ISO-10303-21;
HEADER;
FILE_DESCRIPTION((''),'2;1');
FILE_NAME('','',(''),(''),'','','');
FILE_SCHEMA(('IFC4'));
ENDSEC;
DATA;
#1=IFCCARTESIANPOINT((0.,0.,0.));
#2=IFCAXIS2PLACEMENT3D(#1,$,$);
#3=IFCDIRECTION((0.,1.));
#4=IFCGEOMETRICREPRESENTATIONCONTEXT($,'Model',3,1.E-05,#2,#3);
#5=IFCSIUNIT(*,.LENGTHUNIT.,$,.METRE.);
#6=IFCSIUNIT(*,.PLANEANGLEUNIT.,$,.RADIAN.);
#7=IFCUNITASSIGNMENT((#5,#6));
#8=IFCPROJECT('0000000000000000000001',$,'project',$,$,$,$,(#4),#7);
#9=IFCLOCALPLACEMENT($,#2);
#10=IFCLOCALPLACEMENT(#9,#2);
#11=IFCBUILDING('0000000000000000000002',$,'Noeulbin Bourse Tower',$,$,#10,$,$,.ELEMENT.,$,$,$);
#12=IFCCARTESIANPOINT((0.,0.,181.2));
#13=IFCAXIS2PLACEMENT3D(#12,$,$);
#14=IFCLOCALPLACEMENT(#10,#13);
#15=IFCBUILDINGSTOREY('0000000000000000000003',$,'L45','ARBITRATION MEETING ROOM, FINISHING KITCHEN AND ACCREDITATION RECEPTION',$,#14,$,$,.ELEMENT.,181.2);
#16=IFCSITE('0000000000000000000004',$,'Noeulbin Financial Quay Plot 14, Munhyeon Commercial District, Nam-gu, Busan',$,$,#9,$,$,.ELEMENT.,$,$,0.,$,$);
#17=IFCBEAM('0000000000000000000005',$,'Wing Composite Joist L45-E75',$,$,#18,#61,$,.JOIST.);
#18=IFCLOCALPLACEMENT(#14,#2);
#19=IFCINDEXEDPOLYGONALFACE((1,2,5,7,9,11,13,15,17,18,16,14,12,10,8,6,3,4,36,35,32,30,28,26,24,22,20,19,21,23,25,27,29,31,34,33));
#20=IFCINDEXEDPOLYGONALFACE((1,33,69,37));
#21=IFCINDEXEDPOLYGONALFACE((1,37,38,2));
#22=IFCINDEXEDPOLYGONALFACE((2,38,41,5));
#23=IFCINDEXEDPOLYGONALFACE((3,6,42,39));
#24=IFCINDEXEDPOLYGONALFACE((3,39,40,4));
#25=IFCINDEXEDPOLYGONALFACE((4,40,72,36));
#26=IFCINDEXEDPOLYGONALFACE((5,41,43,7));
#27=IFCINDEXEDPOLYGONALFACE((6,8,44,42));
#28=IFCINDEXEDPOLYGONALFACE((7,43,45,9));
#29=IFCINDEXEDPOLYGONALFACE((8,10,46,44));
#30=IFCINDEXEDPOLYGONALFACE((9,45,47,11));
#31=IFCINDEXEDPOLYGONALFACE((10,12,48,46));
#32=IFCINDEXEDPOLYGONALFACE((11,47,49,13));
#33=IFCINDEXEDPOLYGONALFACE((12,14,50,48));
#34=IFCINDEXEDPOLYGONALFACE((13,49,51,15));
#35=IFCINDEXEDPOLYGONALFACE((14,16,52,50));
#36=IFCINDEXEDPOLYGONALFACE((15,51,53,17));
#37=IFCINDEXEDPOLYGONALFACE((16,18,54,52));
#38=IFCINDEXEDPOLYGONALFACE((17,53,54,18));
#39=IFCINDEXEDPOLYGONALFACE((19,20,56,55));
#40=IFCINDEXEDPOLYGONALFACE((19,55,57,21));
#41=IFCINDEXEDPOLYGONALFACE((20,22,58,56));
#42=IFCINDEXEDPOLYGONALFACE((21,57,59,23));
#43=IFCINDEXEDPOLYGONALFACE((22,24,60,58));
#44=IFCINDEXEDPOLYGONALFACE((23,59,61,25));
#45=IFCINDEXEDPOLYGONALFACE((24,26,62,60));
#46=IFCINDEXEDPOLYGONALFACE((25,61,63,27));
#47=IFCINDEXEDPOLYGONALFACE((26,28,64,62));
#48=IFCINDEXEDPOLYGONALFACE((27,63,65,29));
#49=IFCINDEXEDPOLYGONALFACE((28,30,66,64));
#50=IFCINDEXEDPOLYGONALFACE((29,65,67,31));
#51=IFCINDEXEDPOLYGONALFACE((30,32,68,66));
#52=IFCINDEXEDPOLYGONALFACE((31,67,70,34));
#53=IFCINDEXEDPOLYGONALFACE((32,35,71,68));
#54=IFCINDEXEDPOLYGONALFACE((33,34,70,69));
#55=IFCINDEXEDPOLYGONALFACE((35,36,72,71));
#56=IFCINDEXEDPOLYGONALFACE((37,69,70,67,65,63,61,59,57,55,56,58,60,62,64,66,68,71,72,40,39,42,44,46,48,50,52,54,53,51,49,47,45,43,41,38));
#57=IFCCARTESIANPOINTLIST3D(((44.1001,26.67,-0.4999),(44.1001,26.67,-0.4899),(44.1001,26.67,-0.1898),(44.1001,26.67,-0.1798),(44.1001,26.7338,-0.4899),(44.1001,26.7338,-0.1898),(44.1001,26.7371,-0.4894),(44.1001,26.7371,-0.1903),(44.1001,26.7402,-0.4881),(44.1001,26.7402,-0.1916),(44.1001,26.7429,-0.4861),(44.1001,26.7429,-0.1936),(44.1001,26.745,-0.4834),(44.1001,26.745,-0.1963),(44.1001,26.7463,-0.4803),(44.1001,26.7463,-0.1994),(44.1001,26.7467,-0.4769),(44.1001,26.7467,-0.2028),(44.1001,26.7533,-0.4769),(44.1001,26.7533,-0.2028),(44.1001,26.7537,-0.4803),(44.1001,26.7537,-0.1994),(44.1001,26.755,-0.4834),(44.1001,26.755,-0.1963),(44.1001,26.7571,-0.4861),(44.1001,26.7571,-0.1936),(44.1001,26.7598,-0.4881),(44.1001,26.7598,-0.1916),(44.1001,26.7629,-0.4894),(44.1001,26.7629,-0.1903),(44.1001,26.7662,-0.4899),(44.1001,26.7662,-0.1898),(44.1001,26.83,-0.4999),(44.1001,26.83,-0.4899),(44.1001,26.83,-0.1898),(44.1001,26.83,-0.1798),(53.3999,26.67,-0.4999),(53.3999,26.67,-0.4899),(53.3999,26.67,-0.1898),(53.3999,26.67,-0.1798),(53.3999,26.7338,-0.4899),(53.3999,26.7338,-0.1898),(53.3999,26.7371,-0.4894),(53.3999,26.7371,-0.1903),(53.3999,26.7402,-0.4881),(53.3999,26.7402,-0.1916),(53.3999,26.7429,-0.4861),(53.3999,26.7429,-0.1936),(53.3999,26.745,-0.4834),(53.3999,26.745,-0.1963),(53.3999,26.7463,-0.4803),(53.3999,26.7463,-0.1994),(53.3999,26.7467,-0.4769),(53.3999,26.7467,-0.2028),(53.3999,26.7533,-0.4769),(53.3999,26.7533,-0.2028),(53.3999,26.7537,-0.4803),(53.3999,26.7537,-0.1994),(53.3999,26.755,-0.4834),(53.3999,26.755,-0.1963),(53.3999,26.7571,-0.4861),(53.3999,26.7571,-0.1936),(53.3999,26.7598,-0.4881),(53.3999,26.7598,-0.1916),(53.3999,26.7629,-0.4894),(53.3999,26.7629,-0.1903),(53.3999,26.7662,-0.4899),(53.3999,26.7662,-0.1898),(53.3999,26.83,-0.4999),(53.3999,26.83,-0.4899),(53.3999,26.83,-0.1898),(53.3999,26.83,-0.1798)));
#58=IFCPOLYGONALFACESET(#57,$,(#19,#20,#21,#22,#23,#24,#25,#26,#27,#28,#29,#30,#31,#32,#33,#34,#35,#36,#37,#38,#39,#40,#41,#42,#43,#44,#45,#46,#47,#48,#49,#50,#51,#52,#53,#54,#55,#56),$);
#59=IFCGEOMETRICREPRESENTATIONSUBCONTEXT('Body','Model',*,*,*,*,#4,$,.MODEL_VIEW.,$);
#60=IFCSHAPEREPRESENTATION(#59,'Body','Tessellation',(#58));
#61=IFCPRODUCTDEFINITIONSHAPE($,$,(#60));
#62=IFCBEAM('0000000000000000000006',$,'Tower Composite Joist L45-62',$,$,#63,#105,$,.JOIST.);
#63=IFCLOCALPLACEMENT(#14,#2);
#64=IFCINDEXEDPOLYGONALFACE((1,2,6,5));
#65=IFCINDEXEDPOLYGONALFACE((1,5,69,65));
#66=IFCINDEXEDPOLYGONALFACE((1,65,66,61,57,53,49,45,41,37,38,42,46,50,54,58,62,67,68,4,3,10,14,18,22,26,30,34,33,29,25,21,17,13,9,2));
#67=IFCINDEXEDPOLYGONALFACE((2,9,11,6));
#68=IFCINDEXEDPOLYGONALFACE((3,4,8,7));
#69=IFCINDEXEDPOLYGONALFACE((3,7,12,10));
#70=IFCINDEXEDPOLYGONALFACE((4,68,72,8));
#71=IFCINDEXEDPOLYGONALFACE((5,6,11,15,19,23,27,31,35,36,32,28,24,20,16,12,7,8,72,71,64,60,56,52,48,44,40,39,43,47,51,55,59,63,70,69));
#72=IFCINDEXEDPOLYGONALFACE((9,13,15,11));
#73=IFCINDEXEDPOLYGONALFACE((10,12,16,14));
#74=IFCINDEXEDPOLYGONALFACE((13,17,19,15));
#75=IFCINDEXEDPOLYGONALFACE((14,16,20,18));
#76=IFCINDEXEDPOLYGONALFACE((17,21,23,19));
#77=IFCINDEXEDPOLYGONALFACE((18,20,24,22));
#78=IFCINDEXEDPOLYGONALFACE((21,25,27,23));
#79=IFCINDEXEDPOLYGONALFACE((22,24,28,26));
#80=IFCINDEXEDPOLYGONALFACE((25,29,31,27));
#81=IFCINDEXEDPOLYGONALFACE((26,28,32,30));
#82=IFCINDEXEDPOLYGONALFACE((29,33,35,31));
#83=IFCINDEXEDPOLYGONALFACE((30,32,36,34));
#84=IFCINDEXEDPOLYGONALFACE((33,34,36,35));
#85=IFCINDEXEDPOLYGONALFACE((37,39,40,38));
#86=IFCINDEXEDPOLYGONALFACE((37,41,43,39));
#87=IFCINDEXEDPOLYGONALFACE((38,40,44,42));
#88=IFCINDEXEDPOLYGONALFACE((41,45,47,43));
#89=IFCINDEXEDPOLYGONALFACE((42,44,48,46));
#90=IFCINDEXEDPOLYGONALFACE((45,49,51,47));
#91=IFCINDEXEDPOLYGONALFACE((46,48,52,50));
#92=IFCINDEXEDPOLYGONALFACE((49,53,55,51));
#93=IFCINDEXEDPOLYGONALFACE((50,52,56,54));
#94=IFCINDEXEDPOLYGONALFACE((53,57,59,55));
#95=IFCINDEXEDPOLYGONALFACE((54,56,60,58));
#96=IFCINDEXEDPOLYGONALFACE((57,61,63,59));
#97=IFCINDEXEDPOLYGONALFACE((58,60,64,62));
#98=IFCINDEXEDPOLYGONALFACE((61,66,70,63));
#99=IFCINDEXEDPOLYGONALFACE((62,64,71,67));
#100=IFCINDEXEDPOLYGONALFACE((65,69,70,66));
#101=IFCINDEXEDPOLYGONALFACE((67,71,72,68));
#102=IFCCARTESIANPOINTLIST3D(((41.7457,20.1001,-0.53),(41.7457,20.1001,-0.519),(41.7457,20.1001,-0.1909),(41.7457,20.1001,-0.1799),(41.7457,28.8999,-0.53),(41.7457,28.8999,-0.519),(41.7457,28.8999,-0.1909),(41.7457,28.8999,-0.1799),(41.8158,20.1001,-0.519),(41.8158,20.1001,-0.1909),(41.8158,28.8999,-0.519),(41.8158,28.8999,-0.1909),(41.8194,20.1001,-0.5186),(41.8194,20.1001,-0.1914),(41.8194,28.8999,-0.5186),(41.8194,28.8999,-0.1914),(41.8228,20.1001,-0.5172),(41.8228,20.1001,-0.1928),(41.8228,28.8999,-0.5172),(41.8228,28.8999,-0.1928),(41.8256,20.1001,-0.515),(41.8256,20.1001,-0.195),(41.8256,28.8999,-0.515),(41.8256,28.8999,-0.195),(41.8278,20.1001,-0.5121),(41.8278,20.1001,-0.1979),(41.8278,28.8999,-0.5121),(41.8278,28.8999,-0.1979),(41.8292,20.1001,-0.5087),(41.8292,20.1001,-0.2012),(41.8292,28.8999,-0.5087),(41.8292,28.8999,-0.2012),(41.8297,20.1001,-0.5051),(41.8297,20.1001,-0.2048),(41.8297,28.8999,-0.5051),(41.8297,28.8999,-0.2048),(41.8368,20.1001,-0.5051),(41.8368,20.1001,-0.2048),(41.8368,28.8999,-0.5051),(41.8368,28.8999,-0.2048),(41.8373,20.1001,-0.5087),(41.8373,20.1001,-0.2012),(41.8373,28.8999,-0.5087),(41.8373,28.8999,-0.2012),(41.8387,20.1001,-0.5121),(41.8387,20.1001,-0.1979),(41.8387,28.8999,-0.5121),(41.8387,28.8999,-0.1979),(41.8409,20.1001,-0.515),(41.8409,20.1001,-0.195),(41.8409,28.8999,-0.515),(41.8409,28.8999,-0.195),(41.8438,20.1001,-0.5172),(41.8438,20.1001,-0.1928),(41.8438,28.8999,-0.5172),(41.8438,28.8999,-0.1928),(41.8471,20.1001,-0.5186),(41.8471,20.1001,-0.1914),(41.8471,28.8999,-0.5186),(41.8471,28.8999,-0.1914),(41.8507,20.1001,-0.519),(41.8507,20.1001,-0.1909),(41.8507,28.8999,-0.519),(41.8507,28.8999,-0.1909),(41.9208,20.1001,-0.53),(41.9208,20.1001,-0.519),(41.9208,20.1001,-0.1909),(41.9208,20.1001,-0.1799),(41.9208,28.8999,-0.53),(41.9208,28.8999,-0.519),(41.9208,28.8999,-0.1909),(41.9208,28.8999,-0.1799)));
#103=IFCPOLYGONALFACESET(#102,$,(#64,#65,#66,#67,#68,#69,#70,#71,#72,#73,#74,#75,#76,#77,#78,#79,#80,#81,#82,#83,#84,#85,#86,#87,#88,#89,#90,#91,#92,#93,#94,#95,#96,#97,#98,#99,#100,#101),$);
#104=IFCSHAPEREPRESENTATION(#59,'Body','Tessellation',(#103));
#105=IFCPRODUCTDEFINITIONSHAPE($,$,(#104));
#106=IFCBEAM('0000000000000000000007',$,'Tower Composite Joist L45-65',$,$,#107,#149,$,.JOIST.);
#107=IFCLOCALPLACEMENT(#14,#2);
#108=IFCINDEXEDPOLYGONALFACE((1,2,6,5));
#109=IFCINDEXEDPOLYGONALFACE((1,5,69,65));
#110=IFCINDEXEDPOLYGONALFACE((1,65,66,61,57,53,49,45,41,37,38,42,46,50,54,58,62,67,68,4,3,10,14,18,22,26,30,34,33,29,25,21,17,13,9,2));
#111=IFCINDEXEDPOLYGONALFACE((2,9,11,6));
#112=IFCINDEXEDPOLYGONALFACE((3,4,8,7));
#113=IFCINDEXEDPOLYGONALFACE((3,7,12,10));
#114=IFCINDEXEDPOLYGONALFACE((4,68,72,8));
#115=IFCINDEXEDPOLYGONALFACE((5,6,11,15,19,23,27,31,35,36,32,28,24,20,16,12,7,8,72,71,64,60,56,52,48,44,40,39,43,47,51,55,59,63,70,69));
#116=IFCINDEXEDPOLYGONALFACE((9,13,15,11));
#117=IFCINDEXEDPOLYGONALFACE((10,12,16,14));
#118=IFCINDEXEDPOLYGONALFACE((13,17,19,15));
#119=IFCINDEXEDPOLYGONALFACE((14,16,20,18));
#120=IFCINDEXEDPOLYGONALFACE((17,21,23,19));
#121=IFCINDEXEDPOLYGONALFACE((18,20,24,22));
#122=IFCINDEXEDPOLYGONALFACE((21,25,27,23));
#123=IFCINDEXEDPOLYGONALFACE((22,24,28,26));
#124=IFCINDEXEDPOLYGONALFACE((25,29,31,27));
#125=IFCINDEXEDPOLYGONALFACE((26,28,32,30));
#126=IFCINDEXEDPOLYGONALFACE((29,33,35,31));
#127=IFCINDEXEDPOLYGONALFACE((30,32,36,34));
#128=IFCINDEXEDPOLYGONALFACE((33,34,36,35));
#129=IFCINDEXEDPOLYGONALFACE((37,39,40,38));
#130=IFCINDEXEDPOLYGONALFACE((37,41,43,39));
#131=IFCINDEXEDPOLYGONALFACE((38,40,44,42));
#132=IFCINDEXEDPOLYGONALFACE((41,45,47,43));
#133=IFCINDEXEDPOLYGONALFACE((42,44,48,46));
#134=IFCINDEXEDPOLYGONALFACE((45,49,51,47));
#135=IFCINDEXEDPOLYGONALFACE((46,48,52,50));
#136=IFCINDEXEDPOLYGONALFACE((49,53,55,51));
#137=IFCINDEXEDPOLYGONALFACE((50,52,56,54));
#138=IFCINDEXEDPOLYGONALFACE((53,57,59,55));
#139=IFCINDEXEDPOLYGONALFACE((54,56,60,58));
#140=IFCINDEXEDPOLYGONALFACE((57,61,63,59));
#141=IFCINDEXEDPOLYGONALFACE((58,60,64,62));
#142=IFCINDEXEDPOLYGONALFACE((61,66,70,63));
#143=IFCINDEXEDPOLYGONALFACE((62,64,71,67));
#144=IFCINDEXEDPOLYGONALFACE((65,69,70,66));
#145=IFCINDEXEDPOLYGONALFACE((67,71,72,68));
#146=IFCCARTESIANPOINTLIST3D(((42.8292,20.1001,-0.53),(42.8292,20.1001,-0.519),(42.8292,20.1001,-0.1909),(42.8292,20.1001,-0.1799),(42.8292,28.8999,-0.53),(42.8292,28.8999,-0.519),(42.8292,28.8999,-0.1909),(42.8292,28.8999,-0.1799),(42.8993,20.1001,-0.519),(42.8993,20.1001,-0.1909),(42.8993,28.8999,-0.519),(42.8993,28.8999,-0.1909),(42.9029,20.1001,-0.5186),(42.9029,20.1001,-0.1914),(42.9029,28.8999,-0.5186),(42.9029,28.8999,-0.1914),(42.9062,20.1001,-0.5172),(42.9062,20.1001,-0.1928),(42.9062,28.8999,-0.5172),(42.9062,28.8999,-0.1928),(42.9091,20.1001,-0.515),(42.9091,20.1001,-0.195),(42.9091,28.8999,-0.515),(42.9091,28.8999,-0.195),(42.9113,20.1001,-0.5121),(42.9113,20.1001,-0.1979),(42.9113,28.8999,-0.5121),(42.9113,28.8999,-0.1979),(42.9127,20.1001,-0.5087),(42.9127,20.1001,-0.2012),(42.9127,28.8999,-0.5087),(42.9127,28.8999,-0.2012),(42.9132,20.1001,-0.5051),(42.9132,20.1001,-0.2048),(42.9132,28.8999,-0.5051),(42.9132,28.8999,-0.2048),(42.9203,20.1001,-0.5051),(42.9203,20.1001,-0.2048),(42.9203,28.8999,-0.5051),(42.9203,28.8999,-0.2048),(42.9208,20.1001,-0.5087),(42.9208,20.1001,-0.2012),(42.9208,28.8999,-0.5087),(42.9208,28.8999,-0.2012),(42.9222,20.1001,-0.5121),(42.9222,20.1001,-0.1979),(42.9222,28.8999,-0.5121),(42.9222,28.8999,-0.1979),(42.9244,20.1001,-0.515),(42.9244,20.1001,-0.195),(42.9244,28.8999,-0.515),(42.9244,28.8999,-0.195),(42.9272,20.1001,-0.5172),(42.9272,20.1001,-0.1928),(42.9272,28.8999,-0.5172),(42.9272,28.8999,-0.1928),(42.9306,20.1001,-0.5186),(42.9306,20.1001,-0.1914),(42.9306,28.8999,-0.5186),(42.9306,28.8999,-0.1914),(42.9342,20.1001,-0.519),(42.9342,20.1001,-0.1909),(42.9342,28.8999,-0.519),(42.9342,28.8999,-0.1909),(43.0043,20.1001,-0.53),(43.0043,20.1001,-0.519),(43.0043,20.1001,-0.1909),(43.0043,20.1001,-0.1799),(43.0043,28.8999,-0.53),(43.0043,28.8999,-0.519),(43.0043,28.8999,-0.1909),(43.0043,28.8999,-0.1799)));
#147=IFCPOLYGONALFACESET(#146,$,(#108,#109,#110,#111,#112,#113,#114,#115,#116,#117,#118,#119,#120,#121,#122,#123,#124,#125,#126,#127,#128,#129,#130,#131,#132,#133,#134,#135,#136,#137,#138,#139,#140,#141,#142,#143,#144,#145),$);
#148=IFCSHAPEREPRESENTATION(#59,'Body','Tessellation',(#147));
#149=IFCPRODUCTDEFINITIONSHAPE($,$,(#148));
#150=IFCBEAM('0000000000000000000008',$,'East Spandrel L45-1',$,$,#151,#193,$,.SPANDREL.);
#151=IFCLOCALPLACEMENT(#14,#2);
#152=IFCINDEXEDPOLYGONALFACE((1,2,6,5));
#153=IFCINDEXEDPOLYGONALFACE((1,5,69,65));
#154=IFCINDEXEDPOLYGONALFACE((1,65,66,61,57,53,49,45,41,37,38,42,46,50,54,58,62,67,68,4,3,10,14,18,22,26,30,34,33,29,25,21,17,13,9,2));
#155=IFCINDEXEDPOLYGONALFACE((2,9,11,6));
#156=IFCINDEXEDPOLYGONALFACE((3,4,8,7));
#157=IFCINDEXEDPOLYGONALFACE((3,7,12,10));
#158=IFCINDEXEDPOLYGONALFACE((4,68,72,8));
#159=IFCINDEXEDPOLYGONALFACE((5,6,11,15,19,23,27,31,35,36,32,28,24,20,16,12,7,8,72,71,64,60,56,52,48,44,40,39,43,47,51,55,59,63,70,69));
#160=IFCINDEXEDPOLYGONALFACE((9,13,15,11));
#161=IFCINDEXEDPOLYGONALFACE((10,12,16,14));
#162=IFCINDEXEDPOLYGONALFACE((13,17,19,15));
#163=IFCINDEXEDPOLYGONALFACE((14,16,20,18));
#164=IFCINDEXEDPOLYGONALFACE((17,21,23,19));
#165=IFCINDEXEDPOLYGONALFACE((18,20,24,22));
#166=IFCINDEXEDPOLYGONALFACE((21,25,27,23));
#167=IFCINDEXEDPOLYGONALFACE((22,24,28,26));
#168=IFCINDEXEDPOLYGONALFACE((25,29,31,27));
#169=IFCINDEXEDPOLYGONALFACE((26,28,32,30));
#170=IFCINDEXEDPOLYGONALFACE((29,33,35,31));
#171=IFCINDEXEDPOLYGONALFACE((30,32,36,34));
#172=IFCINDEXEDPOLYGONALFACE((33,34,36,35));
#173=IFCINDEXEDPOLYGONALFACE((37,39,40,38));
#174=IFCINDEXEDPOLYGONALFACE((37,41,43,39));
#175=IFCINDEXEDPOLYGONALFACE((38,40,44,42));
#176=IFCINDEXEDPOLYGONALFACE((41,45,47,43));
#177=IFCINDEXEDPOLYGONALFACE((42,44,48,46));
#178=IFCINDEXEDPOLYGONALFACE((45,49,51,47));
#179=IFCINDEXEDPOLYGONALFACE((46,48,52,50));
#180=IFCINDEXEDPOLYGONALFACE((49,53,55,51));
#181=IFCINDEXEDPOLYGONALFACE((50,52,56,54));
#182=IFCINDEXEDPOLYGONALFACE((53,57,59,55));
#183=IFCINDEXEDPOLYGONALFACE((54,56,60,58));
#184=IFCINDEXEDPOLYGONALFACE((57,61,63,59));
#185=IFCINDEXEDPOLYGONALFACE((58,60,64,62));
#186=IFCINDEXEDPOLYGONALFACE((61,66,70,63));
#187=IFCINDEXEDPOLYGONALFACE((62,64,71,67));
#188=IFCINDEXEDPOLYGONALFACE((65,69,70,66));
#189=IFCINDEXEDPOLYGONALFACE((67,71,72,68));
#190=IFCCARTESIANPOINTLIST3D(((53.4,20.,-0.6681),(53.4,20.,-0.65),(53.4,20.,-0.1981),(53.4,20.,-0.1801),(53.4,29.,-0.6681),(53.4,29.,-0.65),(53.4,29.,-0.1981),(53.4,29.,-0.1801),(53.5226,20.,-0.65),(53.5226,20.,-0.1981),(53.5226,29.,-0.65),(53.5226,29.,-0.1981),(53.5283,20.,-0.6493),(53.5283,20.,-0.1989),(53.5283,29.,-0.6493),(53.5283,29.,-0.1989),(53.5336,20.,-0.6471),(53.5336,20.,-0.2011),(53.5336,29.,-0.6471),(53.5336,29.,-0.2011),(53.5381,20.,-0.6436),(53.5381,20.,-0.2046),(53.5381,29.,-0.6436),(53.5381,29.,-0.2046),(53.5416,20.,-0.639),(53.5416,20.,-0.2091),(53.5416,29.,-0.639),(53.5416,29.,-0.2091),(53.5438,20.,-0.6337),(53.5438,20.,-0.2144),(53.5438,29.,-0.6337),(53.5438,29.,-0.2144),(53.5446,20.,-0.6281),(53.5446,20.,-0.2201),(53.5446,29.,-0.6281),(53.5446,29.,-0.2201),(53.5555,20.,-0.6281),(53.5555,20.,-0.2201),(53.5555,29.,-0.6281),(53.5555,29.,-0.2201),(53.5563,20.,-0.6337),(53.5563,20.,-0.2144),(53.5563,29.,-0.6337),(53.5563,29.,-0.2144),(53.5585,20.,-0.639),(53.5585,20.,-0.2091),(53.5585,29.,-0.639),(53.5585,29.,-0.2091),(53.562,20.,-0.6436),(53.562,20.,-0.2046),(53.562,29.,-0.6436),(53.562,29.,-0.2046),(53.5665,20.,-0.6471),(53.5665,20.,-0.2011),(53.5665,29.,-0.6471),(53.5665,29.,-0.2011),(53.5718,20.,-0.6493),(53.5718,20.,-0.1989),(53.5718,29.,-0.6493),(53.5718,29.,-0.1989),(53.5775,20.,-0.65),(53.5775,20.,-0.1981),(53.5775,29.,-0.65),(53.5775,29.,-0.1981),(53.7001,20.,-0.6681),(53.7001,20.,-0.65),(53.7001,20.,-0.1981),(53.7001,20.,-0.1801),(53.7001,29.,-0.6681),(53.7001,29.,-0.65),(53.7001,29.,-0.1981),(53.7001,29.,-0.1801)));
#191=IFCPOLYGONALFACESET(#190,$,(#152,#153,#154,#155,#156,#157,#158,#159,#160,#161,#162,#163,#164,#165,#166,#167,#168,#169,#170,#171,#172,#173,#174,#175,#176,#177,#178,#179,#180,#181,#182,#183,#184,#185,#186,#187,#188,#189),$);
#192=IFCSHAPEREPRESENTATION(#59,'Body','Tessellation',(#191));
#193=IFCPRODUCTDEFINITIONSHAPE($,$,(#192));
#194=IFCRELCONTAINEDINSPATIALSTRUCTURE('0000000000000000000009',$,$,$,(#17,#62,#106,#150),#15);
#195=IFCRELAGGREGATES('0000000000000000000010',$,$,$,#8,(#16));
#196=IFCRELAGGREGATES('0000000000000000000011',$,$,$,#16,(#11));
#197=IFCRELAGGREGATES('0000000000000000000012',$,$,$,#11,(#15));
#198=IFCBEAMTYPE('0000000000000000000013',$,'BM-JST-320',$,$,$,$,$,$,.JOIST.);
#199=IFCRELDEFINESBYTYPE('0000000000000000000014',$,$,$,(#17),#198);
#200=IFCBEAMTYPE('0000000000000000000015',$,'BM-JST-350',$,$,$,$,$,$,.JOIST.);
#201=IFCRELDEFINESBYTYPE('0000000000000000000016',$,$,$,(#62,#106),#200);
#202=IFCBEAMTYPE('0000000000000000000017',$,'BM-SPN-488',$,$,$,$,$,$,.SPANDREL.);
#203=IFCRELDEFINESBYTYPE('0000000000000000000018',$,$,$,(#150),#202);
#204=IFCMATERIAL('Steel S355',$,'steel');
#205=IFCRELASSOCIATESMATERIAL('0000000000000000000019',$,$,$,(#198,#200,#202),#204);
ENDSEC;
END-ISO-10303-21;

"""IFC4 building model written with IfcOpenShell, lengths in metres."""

from ifc_helpers import new_model, si_unit, direction, frame, origin, origin_2d, place, context, subcontext, project, spatial, i_section, extrude, material, material_profile, profile_set, type_object, element, save


model = new_model("IFC4")

# Units and contexts
model_context = context("Model", 3, precision=1e-05, world=origin(), true_north=direction((0.0, 1.0)))
body_context = subcontext(model_context, "Body", "Model", "MODEL_VIEW")
ifc_project = project(units=[si_unit("LENGTHUNIT", "METRE"), si_unit("PLANEANGLEUNIT", "RADIAN")], contexts=[model_context])

# Site, building, storey
site_placement = place(None, origin())
site = spatial("IfcSite", under=ifc_project, at=site_placement, Name="Noeulbin Financial Quay Plot 14, Munhyeon Commercial District, Nam-gu, Busan", CompositionType="ELEMENT", RefElevation=0.0)
building_placement = place(site_placement, origin())
building = spatial("IfcBuilding", under=site, at=building_placement, Name="Noeulbin Bourse Tower", CompositionType="ELEMENT")
storey_placement = place(building_placement, frame((0.0, 0.0, 181.2)))
storey = spatial("IfcBuildingStorey", under=building, at=storey_placement, Name="L45", Description="ARBITRATION MEETING ROOM, FINISHING KITCHEN AND ACCREDITATION RECEPTION", CompositionType="ELEMENT", Elevation=181.2)

# Shared definitions
ifc_material_1 = material(Name="Steel S355", Category="steel")

# Beams
ifc_material_profile_1 = material_profile(ifc_material_1, i_section(OverallWidth=0.1599, OverallDepth=0.3201, WebThickness=0.0066, FlangeThickness=0.01, FilletRadius=0.0129, at=origin_2d()), Name="H-320x160x6.5x10", Category="LoadBearing")
ifc_profile_set_1 = profile_set([ifc_material_profile_1], Name="Steel S355")
beam_type_1 = type_object("IfcBeamType", Name="BM-JST-320", PredefinedType="JOIST", material=ifc_profile_set_1)
for number, where, z_axis, x_axis, name in (
    (1, (44.1001, 26.75, -0.3398), (1.0, 0.0, 0.0), (0.0, 1.0, 0.0), "Wing Composite Joist L45-E75"),
):
    element("IfcBeam", number, at=place(storey_placement, frame(where, z_axis=z_axis, x_axis=x_axis)), inside=storey, type_object=beam_type_1, Name=name, PredefinedType="JOIST", context=body_context, shape_type="SweptSolid", body=[
        extrude(i_section(OverallWidth=0.1599, OverallDepth=0.3201, WebThickness=0.0066, FlangeThickness=0.01, FilletRadius=0.0129, at=origin_2d()), origin(), (0.0, 0.0, 1.0), 9.2998),
    ])
ifc_material_profile_2 = material_profile(ifc_material_1, i_section(OverallWidth=0.175, OverallDepth=0.3501, WebThickness=0.0071, FlangeThickness=0.011, FilletRadius=0.0139, at=origin_2d()), Name="H-350x175x7x11", Category="LoadBearing")
ifc_profile_set_2 = profile_set([ifc_material_profile_2], Name="Steel S355")
beam_type_2 = type_object("IfcBeamType", Name="BM-JST-350", PredefinedType="JOIST", material=ifc_profile_set_2)
for number, where, z_axis, x_axis, name in (
    (2, (41.8333, 20.1001, -0.355), (0.0, 1.0, 0.0), (-1.0, 0.0, 0.0), "Tower Composite Joist L45-62"),
    (3, (42.9167, 20.1001, -0.355), (0.0, 1.0, 0.0), (-1.0, 0.0, 0.0), "Tower Composite Joist L45-65"),
):
    element("IfcBeam", number, at=place(storey_placement, frame(where, z_axis=z_axis, x_axis=x_axis)), inside=storey, type_object=beam_type_2, Name=name, PredefinedType="JOIST", context=body_context, shape_type="SweptSolid", body=[
        extrude(i_section(OverallWidth=0.175, OverallDepth=0.3501, WebThickness=0.0071, FlangeThickness=0.011, FilletRadius=0.0139, at=origin_2d()), origin(), (0.0, 0.0, 1.0), 8.7998),
    ])
ifc_material_profile_3 = material_profile(ifc_material_1, i_section(OverallWidth=0.3, OverallDepth=0.488, WebThickness=0.011, FlangeThickness=0.0181, FilletRadius=0.022, at=origin_2d()), Name="H-488x300x11x18", Category="LoadBearing")
ifc_profile_set_3 = profile_set([ifc_material_profile_3], Name="Steel S355")
beam_type_3 = type_object("IfcBeamType", Name="BM-SPN-488", PredefinedType="SPANDREL", material=ifc_profile_set_3)
beam_1_placement = place(storey_placement, frame((53.55, 20.0, -0.4241), z_axis=(0.0, 1.0, 0.0), x_axis=(-1.0, 0.0, 0.0)))
element("IfcBeam", 4, at=beam_1_placement, inside=storey, type_object=beam_type_3, Name="East Spandrel L45-1", PredefinedType="SPANDREL", context=body_context, shape_type="SweptSolid", body=[
    extrude(i_section(OverallWidth=0.3, OverallDepth=0.488, WebThickness=0.011, FlangeThickness=0.0181, FilletRadius=0.022, at=origin_2d()), origin(), (0.0, 0.0, 1.0), 9.0),
])

save(model, "model.ifc")
